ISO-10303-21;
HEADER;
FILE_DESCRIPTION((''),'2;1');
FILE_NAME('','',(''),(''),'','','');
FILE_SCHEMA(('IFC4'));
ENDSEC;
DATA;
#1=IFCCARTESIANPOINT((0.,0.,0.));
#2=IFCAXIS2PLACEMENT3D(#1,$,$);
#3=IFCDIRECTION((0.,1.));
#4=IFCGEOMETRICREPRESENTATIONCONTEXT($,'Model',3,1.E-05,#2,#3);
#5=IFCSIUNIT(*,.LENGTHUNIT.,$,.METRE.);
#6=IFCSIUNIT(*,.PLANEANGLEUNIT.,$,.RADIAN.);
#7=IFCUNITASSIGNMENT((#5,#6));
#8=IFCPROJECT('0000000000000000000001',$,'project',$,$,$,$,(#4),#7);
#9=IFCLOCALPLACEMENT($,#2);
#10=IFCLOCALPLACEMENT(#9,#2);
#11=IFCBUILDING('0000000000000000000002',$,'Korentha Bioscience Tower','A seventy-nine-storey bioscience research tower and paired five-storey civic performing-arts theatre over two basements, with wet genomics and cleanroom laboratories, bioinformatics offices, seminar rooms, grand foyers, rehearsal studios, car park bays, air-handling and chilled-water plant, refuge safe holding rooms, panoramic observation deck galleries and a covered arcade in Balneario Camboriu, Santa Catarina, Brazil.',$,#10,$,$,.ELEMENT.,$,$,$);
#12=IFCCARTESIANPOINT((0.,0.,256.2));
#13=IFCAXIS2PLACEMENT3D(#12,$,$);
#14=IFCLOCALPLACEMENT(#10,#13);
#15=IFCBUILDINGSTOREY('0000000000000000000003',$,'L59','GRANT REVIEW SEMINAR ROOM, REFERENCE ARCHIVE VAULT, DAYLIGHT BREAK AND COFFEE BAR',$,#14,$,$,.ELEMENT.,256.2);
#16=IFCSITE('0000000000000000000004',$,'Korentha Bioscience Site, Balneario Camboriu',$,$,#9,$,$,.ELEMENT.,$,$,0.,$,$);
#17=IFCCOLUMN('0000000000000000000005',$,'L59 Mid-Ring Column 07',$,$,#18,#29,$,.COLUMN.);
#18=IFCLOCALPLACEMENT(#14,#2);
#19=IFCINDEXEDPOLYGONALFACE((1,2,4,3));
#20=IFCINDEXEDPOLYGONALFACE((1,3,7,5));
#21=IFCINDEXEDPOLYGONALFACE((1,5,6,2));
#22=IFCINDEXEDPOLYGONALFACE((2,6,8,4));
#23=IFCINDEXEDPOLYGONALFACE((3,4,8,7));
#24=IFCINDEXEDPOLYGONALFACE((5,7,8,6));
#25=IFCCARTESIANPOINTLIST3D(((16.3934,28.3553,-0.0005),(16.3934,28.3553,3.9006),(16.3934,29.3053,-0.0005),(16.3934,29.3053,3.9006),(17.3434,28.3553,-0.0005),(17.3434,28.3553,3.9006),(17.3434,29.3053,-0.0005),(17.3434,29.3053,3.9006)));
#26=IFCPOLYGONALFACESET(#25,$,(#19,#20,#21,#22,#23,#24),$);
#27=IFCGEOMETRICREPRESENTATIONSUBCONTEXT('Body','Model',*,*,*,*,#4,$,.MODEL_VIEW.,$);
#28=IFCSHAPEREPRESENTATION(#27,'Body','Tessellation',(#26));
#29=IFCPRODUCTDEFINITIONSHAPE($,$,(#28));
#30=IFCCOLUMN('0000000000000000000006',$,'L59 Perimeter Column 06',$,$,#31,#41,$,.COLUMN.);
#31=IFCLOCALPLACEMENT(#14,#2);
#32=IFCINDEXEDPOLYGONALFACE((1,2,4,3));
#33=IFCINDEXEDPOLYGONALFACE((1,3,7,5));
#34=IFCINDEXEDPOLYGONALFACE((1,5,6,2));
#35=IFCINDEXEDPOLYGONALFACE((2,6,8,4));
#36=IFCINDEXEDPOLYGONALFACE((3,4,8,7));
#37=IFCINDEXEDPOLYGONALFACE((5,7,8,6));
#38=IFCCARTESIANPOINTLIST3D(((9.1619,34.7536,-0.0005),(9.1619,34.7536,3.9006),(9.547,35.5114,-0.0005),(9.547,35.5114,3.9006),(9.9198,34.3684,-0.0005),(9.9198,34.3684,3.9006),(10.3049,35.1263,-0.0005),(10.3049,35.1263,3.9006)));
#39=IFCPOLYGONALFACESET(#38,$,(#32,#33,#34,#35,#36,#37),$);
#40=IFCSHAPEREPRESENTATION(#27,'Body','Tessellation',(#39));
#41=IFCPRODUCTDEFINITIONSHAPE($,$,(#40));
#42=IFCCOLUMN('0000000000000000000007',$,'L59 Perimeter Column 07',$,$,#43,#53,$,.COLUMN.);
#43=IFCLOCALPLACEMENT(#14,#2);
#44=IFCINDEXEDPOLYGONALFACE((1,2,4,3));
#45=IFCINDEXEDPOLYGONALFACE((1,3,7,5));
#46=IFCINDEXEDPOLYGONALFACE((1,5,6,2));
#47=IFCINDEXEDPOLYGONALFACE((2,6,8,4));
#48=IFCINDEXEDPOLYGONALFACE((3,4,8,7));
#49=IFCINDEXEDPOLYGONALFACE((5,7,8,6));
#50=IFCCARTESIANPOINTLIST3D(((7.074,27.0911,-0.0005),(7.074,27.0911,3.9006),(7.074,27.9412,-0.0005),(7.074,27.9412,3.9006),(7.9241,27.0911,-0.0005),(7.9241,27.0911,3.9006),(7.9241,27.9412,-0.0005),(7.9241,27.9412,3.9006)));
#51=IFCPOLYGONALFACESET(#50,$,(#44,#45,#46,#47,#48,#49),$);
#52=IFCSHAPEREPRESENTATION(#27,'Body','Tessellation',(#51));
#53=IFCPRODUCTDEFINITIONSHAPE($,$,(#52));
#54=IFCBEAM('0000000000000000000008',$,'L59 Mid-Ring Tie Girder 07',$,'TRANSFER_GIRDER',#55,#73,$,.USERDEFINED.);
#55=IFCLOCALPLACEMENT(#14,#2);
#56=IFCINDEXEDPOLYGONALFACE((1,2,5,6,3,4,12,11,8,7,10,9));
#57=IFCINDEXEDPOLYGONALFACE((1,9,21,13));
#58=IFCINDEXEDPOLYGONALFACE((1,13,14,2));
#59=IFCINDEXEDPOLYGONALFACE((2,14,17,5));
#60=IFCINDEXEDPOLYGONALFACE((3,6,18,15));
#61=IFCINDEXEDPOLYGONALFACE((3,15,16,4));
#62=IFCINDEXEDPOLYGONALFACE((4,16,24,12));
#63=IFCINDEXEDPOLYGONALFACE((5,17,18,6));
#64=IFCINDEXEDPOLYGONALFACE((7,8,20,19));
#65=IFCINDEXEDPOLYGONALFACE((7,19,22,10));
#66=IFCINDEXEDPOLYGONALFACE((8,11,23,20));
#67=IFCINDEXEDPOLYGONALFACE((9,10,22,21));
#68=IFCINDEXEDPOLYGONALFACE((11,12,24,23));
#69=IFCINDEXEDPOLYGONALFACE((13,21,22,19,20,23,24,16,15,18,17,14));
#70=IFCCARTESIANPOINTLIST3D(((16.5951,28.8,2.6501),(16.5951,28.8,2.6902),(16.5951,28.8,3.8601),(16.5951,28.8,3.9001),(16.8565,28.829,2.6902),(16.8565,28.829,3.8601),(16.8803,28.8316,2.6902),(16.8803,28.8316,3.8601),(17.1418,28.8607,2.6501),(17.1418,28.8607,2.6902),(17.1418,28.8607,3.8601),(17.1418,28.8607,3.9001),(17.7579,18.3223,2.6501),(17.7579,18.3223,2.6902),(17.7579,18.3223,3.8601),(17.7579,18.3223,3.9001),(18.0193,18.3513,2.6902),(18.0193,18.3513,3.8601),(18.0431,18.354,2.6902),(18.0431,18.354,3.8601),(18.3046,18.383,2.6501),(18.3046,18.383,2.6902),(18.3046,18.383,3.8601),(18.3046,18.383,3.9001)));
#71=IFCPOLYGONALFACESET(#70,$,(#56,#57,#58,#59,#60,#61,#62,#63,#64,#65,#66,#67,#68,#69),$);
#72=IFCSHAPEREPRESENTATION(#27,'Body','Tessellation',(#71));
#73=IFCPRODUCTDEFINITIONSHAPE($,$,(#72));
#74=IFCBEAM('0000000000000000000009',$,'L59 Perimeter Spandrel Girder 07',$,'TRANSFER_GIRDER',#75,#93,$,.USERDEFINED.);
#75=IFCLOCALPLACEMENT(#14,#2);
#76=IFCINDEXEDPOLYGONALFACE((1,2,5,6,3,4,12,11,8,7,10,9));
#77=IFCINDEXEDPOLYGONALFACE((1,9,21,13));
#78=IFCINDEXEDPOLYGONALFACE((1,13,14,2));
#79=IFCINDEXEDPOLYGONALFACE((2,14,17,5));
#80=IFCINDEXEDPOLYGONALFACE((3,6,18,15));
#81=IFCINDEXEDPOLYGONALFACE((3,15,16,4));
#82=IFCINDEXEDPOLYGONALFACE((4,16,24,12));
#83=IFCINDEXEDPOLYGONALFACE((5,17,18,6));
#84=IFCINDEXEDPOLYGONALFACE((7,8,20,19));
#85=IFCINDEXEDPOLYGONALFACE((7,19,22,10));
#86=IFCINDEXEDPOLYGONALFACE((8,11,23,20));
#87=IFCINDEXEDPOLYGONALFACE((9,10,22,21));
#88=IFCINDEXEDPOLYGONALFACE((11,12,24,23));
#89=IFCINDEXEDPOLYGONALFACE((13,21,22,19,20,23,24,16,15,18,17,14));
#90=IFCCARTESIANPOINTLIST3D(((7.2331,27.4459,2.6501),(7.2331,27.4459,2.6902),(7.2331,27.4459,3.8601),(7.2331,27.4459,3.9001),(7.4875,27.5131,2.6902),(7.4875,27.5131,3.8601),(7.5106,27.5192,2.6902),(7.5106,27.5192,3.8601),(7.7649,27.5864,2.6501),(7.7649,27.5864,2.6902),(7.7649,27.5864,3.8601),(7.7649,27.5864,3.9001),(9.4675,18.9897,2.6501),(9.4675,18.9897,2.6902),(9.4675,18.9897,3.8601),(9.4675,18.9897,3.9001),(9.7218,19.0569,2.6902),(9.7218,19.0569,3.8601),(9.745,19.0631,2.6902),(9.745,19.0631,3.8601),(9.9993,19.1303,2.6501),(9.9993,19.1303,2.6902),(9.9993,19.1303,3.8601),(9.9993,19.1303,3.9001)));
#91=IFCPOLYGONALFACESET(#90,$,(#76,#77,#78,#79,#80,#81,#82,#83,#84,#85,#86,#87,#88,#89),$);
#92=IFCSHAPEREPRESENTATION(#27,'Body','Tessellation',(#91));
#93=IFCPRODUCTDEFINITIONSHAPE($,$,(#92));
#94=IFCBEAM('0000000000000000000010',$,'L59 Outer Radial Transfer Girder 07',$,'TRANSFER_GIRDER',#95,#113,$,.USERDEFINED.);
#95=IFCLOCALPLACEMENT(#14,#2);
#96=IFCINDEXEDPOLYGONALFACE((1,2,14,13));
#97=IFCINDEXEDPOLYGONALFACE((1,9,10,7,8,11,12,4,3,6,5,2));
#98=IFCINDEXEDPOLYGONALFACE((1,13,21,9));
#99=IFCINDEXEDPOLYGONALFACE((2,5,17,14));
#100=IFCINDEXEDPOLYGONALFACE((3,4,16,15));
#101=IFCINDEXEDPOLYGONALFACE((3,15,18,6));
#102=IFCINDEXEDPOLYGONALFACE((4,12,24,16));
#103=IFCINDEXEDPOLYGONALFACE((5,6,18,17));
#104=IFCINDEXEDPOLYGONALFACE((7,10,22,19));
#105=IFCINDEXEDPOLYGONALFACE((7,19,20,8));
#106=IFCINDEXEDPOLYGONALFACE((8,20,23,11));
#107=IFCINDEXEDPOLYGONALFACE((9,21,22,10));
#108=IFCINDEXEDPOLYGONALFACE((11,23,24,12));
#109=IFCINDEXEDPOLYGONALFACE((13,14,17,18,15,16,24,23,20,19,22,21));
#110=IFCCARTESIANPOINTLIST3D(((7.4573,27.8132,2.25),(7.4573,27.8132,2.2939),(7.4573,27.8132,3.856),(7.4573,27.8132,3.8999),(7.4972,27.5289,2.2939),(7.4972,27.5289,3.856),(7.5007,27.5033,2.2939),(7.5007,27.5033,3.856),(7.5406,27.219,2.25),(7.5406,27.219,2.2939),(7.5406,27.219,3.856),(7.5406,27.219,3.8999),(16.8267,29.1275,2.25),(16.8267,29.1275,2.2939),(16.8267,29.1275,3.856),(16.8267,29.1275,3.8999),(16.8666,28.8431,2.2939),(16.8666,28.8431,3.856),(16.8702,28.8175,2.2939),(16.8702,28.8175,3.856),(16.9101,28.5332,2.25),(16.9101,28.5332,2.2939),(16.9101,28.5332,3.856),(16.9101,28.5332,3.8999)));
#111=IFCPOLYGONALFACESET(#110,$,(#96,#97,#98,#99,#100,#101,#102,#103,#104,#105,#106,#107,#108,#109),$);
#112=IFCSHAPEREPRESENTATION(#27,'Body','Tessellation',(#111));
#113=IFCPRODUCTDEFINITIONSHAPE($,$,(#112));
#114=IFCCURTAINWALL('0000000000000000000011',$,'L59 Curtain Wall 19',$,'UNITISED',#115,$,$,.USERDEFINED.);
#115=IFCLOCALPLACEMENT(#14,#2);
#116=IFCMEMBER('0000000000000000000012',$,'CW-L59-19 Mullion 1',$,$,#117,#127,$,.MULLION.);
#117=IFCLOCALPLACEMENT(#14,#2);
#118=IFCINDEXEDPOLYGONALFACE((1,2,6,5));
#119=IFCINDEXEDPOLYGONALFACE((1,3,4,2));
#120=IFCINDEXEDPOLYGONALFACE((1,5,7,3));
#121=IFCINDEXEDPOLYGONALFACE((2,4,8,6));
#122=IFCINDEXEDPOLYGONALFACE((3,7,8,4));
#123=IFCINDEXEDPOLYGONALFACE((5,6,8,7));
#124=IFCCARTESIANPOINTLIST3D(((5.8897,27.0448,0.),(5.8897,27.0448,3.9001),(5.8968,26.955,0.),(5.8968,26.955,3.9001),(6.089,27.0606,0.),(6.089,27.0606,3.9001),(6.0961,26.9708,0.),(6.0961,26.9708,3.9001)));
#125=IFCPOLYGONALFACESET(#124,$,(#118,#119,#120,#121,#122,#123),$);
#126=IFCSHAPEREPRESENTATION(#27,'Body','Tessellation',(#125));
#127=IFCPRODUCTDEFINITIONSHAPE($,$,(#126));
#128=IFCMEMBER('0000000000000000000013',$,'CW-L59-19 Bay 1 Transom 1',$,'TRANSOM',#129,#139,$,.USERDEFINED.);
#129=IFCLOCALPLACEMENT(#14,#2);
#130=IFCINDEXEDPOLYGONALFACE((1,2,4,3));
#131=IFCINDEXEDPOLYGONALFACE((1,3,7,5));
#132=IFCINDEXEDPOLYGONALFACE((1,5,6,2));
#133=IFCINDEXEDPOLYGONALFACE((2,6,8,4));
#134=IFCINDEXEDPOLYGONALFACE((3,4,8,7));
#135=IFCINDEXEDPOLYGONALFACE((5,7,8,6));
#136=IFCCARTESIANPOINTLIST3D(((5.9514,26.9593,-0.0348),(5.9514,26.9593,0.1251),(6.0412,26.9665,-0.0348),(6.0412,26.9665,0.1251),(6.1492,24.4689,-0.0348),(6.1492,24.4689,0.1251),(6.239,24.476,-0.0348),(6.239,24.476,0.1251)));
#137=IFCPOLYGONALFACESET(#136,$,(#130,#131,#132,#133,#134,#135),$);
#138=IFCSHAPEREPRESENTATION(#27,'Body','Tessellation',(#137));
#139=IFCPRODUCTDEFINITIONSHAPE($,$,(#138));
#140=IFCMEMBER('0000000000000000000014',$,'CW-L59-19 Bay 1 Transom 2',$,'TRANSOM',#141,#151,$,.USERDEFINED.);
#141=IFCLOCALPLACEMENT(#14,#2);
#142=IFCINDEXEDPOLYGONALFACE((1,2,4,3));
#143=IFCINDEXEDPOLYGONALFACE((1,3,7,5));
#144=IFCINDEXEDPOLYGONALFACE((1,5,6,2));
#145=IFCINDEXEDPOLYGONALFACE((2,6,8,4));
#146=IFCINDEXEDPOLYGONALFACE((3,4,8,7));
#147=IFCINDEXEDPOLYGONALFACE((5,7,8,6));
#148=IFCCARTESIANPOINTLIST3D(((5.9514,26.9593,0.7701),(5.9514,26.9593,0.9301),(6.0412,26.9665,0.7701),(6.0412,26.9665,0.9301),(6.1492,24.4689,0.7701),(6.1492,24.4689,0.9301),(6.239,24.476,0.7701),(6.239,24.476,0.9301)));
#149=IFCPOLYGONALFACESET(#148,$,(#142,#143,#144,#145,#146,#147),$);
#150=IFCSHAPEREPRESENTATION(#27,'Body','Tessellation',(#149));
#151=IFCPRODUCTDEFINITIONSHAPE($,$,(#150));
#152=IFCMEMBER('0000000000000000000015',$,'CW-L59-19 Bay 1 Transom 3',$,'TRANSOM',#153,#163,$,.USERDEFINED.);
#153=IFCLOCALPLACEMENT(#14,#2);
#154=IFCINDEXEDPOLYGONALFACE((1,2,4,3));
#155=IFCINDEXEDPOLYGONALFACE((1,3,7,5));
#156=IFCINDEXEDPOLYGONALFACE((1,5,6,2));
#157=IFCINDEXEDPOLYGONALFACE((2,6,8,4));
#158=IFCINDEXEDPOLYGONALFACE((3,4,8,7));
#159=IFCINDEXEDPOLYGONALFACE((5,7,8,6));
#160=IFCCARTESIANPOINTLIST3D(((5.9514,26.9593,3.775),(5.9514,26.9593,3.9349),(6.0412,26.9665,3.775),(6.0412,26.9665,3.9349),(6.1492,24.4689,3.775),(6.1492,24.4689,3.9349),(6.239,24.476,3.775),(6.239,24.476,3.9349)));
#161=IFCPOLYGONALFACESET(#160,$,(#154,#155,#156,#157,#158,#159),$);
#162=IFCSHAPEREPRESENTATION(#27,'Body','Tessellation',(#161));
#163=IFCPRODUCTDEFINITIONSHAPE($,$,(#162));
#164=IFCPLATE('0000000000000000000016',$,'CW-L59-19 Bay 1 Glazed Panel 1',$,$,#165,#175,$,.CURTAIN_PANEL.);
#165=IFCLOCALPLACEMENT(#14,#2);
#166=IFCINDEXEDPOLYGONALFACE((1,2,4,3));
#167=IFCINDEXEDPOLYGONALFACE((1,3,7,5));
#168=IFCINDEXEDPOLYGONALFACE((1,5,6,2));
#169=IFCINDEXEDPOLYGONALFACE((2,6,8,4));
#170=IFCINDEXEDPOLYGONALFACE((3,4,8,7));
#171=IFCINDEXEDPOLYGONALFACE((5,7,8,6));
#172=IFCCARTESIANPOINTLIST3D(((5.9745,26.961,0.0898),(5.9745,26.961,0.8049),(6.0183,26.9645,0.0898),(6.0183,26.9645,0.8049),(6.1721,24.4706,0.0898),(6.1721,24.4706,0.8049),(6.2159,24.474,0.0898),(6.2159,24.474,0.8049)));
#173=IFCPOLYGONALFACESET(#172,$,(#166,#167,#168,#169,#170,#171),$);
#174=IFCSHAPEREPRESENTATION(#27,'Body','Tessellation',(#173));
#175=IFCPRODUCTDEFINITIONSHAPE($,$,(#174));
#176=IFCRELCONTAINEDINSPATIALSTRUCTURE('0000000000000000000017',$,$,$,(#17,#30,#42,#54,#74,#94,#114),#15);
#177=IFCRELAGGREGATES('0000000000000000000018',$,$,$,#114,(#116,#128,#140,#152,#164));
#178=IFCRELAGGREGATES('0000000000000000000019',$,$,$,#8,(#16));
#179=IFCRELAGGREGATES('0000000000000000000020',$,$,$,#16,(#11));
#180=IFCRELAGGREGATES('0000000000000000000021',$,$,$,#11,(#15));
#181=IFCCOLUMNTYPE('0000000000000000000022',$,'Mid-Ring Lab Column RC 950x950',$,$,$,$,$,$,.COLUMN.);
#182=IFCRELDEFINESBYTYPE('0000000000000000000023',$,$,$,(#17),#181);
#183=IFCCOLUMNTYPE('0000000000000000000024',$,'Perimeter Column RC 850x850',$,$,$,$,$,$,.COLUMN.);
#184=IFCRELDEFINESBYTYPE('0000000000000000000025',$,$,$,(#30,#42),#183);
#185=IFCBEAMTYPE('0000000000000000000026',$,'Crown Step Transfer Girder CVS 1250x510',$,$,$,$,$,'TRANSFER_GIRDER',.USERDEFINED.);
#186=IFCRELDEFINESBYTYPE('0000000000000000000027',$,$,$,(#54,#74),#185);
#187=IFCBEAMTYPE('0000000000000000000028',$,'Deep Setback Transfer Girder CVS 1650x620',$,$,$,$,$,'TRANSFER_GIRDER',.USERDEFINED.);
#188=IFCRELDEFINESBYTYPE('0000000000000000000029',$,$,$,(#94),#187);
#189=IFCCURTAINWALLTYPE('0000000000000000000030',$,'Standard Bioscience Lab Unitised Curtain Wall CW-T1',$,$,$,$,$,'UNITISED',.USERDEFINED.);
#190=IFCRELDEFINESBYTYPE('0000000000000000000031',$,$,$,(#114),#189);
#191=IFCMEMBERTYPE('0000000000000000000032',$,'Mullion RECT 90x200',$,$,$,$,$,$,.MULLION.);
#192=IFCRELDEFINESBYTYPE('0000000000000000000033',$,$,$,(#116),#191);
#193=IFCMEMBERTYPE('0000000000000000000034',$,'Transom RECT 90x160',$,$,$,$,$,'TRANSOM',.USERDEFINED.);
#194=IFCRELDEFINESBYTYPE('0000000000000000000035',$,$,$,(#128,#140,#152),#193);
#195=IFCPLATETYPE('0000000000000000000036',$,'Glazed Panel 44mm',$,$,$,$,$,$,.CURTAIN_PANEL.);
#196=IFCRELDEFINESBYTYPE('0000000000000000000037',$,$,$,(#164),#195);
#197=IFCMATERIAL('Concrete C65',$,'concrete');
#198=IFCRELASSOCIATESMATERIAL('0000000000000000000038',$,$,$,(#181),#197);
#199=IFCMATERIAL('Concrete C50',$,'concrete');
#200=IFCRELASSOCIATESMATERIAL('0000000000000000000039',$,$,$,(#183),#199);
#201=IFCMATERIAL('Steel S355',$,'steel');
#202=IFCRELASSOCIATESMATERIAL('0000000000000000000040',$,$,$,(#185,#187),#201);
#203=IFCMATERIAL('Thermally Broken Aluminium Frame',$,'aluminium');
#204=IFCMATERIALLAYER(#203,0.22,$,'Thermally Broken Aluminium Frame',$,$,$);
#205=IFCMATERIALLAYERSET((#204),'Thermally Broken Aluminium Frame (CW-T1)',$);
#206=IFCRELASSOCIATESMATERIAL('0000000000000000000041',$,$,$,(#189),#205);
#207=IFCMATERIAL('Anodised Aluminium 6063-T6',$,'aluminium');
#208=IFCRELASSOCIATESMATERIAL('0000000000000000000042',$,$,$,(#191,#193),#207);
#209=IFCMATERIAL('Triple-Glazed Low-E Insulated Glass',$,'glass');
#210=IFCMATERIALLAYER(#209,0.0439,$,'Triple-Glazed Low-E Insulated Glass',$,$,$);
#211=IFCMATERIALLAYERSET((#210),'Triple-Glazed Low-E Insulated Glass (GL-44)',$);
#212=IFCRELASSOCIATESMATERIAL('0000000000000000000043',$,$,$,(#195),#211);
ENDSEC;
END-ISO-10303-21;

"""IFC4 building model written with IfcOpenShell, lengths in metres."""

from ifc_helpers import new_model, si_unit, direction, frame, origin, origin_2d, place, context, subcontext, project, spatial, rectangle, i_section, extrude, material, layer, layer_set, material_profile, profile_set, type_object, element, aggregate, save


model = new_model("IFC4")

# Units and contexts
model_context = context("Model", 3, precision=1e-05, world=origin(), true_north=direction((0.0, 1.0)))
body_context = subcontext(model_context, "Body", "Model", "MODEL_VIEW")
ifc_project = project(units=[si_unit("LENGTHUNIT", "METRE"), si_unit("PLANEANGLEUNIT", "RADIAN")], contexts=[model_context])

# Site, building, storey
site_placement = place(None, origin())
site = spatial("IfcSite", under=ifc_project, at=site_placement, Name="Korentha Bioscience Site, Balneario Camboriu", CompositionType="ELEMENT", RefElevation=0.0)
building_placement = place(site_placement, origin())
building = spatial("IfcBuilding", under=site, at=building_placement, Name="Korentha Bioscience Tower", Description="A seventy-nine-storey bioscience research tower and paired five-storey civic performing-arts theatre over two basements, with wet genomics and cleanroom laboratories, bioinformatics offices, seminar rooms, grand foyers, rehearsal studios, car park bays, air-handling and chilled-water plant, refuge safe holding rooms, panoramic observation deck galleries and a covered arcade in Balneario Camboriu, Santa Catarina, Brazil.", CompositionType="ELEMENT")
storey_placement = place(building_placement, frame((0.0, 0.0, 256.2)))
storey = spatial("IfcBuildingStorey", under=building, at=storey_placement, Name="L59", Description="GRANT REVIEW SEMINAR ROOM, REFERENCE ARCHIVE VAULT, DAYLIGHT BREAK AND COFFEE BAR", CompositionType="ELEMENT", Elevation=256.2)

# Columns
ifc_material_1 = material(Name="Concrete C65", Category="concrete")
ifc_material_profile_1 = material_profile(ifc_material_1, rectangle(XDim=0.95, YDim=0.95, at=origin_2d()), Name="Concrete C65")
ifc_profile_set_1 = profile_set([ifc_material_profile_1], Name="Concrete C65 (COL-MR09)")
column_type_1 = type_object("IfcColumnType", Name="Mid-Ring Lab Column RC 950x950", PredefinedType="COLUMN", material=ifc_profile_set_1)
column_placement = place(storey_placement, frame((16.8684, 28.8303, -0.0005), z_axis=(0.0, 0.0, 1.0), x_axis=(1.0, 0.0, 0.0)))
element("IfcColumn", 1, at=column_placement, inside=storey, type_object=column_type_1, Name="L59 Mid-Ring Column 07", PredefinedType="COLUMN", context=body_context, shape_type="SweptSolid", body=[
    extrude(rectangle(XDim=0.95, YDim=0.95, at=origin_2d()), origin(), (0.0, 0.0, 1.0), 3.9011),
])
ifc_material_2 = material(Name="Concrete C50", Category="concrete")
ifc_material_profile_2 = material_profile(ifc_material_2, rectangle(XDim=0.8501, YDim=0.8501, at=origin_2d()), Name="Concrete C50")
ifc_profile_set_2 = profile_set([ifc_material_profile_2], Name="Concrete C50 (COL-P08)")
column_type_2 = type_object("IfcColumnType", Name="Perimeter Column RC 850x850", PredefinedType="COLUMN", material=ifc_profile_set_2)
for number, where, z_axis, x_axis, name in (
    (2, (9.7334, 34.9399, -0.0005), (0.0, 0.0, 1.0), (0.453057, 0.891481, 0.0), "L59 Perimeter Column 06"),
    (3, (7.499, 27.5161, -0.0005), (0.0, 0.0, 1.0), (0.0, 1.0, 0.0), "L59 Perimeter Column 07"),
):
    element("IfcColumn", number, at=place(storey_placement, frame(where, z_axis=z_axis, x_axis=x_axis)), inside=storey, type_object=column_type_2, Name=name, PredefinedType="COLUMN", context=body_context, shape_type="SweptSolid", body=[
        extrude(rectangle(XDim=0.8501, YDim=0.8501, at=origin_2d()), origin(), (0.0, 0.0, 1.0), 3.9011),
    ])

# Beams
ifc_material_3 = material(Name="Steel S355", Category="steel")
ifc_material_profile_3 = material_profile(ifc_material_3, i_section(OverallWidth=0.55, OverallDepth=1.25, WebThickness=0.0239, FlangeThickness=0.04, at=origin_2d()), Name="Steel S355")
ifc_profile_set_3 = profile_set([ifc_material_profile_3], Name="Steel S355 (TG-03)")
beam_type_1 = type_object("IfcBeamType", Name="Crown Step Transfer Girder CVS 1250x510", ElementType="TRANSFER_GIRDER", PredefinedType="USERDEFINED", material=ifc_profile_set_3)
beam_1_placement = place(storey_placement, frame((16.8684, 28.8303, 3.2751), z_axis=(0.110304, -0.993898, 0.0), x_axis=(0.993898, 0.110304, 0.0)))
element("IfcBeam", 4, at=beam_1_placement, inside=storey, type_object=beam_type_1, Name="L59 Mid-Ring Tie Girder 07", ObjectType="TRANSFER_GIRDER", PredefinedType="USERDEFINED", context=body_context, shape_type="SweptSolid", body=[
    extrude(i_section(OverallWidth=0.55, OverallDepth=1.25, WebThickness=0.0239, FlangeThickness=0.04, at=origin_2d()), origin(), (0.0, 0.0, 1.0), 10.542),
])
beam_2_placement = place(storey_placement, frame((7.499, 27.5161, 3.2751), z_axis=(0.255466, -0.966818, 0.0), x_axis=(0.966818, 0.255466, 0.0)))
element("IfcBeam", 5, at=beam_2_placement, inside=storey, type_object=beam_type_1, Name="L59 Perimeter Spandrel Girder 07", ObjectType="TRANSFER_GIRDER", PredefinedType="USERDEFINED", context=body_context, shape_type="SweptSolid", body=[
    extrude(i_section(OverallWidth=0.55, OverallDepth=1.25, WebThickness=0.0239, FlangeThickness=0.04, at=origin_2d()), origin(), (0.0, 0.0, 1.0), 8.7463),
])
ifc_material_profile_4 = material_profile(ifc_material_3, i_section(OverallWidth=0.6001, OverallDepth=1.6499, WebThickness=0.0259, FlangeThickness=0.0439, at=origin_2d()), Name="Steel S355")
ifc_profile_set_4 = profile_set([ifc_material_profile_4], Name="Steel S355 (TG-04)")
beam_type_2 = type_object("IfcBeamType", Name="Deep Setback Transfer Girder CVS 1650x620", ElementType="TRANSFER_GIRDER", PredefinedType="USERDEFINED", material=ifc_profile_set_4)
beam_3_placement = place(storey_placement, frame((16.8684, 28.8303, 3.075), z_axis=(-0.990306, -0.138906, 0.0), x_axis=(0.138906, -0.990306, 0.0)))
element("IfcBeam", 6, at=beam_3_placement, inside=storey, type_object=beam_type_2, Name="L59 Outer Radial Transfer Girder 07", ObjectType="TRANSFER_GIRDER", PredefinedType="USERDEFINED", context=body_context, shape_type="SweptSolid", body=[
    extrude(i_section(OverallWidth=0.6001, OverallDepth=1.6499, WebThickness=0.0259, FlangeThickness=0.0439, at=origin_2d()), origin(), (0.0, 0.0, 1.0), 9.4612),
])

# Curtain wall, members, plate
ifc_material_4 = material(Name="Thermally Broken Aluminium Frame", Category="aluminium")
ifc_layer_1 = layer(ifc_material_4, 0.22, Name="Thermally Broken Aluminium Frame")
ifc_layer_set_1 = layer_set([ifc_layer_1], Name="Thermally Broken Aluminium Frame (CW-T1)")
curtain_wall_type = type_object("IfcCurtainWallType", Name="Standard Bioscience Lab Unitised Curtain Wall CW-T1", ElementType="UNITISED", PredefinedType="USERDEFINED", material=ifc_layer_set_1)
curtain_wall_placement = place(storey_placement, origin())
curtain_wall = element("IfcCurtainWall", 7, at=curtain_wall_placement, inside=storey, type_object=curtain_wall_type, Name="L59 Curtain Wall 19", ObjectType="UNITISED", PredefinedType="USERDEFINED")
ifc_material_5 = material(Name="Anodised Aluminium 6063-T6", Category="aluminium")
ifc_material_profile_5 = material_profile(ifc_material_5, rectangle(XDim=0.0901, YDim=0.2, at=origin_2d()), Name="Anodised Aluminium 6063-T6")
ifc_profile_set_5 = profile_set([ifc_material_profile_5], Name="Anodised Aluminium 6063-T6 (CW-MUL)")
member_type_1 = type_object("IfcMemberType", Name="Mullion RECT 90x200", PredefinedType="MULLION", material=ifc_profile_set_5)
member_1_placement = place(storey_placement, frame((5.9929, 27.0078, 0.0), z_axis=(0.0, 0.0, 1.0), x_axis=(0.079117, -0.996865, 0.0)))
member_1 = element("IfcMember", 8, at=member_1_placement, type_object=member_type_1, Name="CW-L59-19 Mullion 1", PredefinedType="MULLION", context=body_context, shape_type="SweptSolid", body=[
    extrude(rectangle(XDim=0.0901, YDim=0.2, at=origin_2d()), origin(), (0.0, 0.0, 1.0), 3.9001),
])
ifc_material_profile_6 = material_profile(ifc_material_5, rectangle(XDim=0.0901, YDim=0.1599, at=origin_2d()), Name="Anodised Aluminium 6063-T6")
ifc_profile_set_6 = profile_set([ifc_material_profile_6], Name="Anodised Aluminium 6063-T6 (CW-TRN)")
member_type_2 = type_object("IfcMemberType", Name="Transom RECT 90x160", ElementType="TRANSOM", PredefinedType="USERDEFINED", material=ifc_profile_set_6)
member_2_placement = place(storey_placement, frame((5.9963, 26.9629, 0.0452), z_axis=(0.079155, -0.996862, 0.0), x_axis=(0.996862, 0.079155, 0.0)))
member_2 = element("IfcMember", 9, at=member_2_placement, type_object=member_type_2, Name="CW-L59-19 Bay 1 Transom 1", ObjectType="TRANSOM", PredefinedType="USERDEFINED", context=body_context, shape_type="SweptSolid", body=[
    extrude(rectangle(XDim=0.0901, YDim=0.1599, at=origin_2d()), origin(), (0.0, 0.0, 1.0), 2.4983),
])
member_3_placement = place(storey_placement, frame((5.9963, 26.9629, 0.8501), z_axis=(0.079155, -0.996862, 0.0), x_axis=(0.996862, 0.079155, 0.0)))
member_3 = element("IfcMember", 10, at=member_3_placement, type_object=member_type_2, Name="CW-L59-19 Bay 1 Transom 2", ObjectType="TRANSOM", PredefinedType="USERDEFINED", context=body_context, shape_type="SweptSolid", body=[
    extrude(rectangle(XDim=0.0901, YDim=0.1599, at=origin_2d()), origin(), (0.0, 0.0, 1.0), 2.4983),
])
member_4_placement = place(storey_placement, frame((5.9963, 26.9629, 3.855), z_axis=(0.079155, -0.996862, 0.0), x_axis=(0.996862, 0.079155, 0.0)))
member_4 = element("IfcMember", 11, at=member_4_placement, type_object=member_type_2, Name="CW-L59-19 Bay 1 Transom 3", ObjectType="TRANSOM", PredefinedType="USERDEFINED", context=body_context, shape_type="SweptSolid", body=[
    extrude(rectangle(XDim=0.0901, YDim=0.1599, at=origin_2d()), origin(), (0.0, 0.0, 1.0), 2.4983),
])
ifc_material_6 = material(Name="Triple-Glazed Low-E Insulated Glass", Category="glass")
ifc_layer_2 = layer(ifc_material_6, 0.0439, Name="Triple-Glazed Low-E Insulated Glass")
ifc_layer_set_2 = layer_set([ifc_layer_2], Name="Triple-Glazed Low-E Insulated Glass (GL-44)")
plate_type = type_object("IfcPlateType", Name="Glazed Panel 44mm", PredefinedType="CURTAIN_PANEL", material=ifc_layer_set_2)
plate_1_placement = place(storey_placement, frame((6.0952, 25.7175, 0.0898), z_axis=(0.0, 0.0, 1.0), x_axis=(0.079117, -0.996865, 0.0)))
plate_1 = element("IfcPlate", 12, at=plate_1_placement, type_object=plate_type, Name="CW-L59-19 Bay 1 Glazed Panel 1", PredefinedType="CURTAIN_PANEL", context=body_context, shape_type="SweptSolid", body=[
    extrude(rectangle(XDim=2.4983, YDim=0.0439, at=origin_2d()), origin(), (0.0, 0.0, 1.0), 0.7151),
])
aggregate(curtain_wall, [member_1, member_2, member_3, member_4, plate_1])

save(model, "model.ifc")
